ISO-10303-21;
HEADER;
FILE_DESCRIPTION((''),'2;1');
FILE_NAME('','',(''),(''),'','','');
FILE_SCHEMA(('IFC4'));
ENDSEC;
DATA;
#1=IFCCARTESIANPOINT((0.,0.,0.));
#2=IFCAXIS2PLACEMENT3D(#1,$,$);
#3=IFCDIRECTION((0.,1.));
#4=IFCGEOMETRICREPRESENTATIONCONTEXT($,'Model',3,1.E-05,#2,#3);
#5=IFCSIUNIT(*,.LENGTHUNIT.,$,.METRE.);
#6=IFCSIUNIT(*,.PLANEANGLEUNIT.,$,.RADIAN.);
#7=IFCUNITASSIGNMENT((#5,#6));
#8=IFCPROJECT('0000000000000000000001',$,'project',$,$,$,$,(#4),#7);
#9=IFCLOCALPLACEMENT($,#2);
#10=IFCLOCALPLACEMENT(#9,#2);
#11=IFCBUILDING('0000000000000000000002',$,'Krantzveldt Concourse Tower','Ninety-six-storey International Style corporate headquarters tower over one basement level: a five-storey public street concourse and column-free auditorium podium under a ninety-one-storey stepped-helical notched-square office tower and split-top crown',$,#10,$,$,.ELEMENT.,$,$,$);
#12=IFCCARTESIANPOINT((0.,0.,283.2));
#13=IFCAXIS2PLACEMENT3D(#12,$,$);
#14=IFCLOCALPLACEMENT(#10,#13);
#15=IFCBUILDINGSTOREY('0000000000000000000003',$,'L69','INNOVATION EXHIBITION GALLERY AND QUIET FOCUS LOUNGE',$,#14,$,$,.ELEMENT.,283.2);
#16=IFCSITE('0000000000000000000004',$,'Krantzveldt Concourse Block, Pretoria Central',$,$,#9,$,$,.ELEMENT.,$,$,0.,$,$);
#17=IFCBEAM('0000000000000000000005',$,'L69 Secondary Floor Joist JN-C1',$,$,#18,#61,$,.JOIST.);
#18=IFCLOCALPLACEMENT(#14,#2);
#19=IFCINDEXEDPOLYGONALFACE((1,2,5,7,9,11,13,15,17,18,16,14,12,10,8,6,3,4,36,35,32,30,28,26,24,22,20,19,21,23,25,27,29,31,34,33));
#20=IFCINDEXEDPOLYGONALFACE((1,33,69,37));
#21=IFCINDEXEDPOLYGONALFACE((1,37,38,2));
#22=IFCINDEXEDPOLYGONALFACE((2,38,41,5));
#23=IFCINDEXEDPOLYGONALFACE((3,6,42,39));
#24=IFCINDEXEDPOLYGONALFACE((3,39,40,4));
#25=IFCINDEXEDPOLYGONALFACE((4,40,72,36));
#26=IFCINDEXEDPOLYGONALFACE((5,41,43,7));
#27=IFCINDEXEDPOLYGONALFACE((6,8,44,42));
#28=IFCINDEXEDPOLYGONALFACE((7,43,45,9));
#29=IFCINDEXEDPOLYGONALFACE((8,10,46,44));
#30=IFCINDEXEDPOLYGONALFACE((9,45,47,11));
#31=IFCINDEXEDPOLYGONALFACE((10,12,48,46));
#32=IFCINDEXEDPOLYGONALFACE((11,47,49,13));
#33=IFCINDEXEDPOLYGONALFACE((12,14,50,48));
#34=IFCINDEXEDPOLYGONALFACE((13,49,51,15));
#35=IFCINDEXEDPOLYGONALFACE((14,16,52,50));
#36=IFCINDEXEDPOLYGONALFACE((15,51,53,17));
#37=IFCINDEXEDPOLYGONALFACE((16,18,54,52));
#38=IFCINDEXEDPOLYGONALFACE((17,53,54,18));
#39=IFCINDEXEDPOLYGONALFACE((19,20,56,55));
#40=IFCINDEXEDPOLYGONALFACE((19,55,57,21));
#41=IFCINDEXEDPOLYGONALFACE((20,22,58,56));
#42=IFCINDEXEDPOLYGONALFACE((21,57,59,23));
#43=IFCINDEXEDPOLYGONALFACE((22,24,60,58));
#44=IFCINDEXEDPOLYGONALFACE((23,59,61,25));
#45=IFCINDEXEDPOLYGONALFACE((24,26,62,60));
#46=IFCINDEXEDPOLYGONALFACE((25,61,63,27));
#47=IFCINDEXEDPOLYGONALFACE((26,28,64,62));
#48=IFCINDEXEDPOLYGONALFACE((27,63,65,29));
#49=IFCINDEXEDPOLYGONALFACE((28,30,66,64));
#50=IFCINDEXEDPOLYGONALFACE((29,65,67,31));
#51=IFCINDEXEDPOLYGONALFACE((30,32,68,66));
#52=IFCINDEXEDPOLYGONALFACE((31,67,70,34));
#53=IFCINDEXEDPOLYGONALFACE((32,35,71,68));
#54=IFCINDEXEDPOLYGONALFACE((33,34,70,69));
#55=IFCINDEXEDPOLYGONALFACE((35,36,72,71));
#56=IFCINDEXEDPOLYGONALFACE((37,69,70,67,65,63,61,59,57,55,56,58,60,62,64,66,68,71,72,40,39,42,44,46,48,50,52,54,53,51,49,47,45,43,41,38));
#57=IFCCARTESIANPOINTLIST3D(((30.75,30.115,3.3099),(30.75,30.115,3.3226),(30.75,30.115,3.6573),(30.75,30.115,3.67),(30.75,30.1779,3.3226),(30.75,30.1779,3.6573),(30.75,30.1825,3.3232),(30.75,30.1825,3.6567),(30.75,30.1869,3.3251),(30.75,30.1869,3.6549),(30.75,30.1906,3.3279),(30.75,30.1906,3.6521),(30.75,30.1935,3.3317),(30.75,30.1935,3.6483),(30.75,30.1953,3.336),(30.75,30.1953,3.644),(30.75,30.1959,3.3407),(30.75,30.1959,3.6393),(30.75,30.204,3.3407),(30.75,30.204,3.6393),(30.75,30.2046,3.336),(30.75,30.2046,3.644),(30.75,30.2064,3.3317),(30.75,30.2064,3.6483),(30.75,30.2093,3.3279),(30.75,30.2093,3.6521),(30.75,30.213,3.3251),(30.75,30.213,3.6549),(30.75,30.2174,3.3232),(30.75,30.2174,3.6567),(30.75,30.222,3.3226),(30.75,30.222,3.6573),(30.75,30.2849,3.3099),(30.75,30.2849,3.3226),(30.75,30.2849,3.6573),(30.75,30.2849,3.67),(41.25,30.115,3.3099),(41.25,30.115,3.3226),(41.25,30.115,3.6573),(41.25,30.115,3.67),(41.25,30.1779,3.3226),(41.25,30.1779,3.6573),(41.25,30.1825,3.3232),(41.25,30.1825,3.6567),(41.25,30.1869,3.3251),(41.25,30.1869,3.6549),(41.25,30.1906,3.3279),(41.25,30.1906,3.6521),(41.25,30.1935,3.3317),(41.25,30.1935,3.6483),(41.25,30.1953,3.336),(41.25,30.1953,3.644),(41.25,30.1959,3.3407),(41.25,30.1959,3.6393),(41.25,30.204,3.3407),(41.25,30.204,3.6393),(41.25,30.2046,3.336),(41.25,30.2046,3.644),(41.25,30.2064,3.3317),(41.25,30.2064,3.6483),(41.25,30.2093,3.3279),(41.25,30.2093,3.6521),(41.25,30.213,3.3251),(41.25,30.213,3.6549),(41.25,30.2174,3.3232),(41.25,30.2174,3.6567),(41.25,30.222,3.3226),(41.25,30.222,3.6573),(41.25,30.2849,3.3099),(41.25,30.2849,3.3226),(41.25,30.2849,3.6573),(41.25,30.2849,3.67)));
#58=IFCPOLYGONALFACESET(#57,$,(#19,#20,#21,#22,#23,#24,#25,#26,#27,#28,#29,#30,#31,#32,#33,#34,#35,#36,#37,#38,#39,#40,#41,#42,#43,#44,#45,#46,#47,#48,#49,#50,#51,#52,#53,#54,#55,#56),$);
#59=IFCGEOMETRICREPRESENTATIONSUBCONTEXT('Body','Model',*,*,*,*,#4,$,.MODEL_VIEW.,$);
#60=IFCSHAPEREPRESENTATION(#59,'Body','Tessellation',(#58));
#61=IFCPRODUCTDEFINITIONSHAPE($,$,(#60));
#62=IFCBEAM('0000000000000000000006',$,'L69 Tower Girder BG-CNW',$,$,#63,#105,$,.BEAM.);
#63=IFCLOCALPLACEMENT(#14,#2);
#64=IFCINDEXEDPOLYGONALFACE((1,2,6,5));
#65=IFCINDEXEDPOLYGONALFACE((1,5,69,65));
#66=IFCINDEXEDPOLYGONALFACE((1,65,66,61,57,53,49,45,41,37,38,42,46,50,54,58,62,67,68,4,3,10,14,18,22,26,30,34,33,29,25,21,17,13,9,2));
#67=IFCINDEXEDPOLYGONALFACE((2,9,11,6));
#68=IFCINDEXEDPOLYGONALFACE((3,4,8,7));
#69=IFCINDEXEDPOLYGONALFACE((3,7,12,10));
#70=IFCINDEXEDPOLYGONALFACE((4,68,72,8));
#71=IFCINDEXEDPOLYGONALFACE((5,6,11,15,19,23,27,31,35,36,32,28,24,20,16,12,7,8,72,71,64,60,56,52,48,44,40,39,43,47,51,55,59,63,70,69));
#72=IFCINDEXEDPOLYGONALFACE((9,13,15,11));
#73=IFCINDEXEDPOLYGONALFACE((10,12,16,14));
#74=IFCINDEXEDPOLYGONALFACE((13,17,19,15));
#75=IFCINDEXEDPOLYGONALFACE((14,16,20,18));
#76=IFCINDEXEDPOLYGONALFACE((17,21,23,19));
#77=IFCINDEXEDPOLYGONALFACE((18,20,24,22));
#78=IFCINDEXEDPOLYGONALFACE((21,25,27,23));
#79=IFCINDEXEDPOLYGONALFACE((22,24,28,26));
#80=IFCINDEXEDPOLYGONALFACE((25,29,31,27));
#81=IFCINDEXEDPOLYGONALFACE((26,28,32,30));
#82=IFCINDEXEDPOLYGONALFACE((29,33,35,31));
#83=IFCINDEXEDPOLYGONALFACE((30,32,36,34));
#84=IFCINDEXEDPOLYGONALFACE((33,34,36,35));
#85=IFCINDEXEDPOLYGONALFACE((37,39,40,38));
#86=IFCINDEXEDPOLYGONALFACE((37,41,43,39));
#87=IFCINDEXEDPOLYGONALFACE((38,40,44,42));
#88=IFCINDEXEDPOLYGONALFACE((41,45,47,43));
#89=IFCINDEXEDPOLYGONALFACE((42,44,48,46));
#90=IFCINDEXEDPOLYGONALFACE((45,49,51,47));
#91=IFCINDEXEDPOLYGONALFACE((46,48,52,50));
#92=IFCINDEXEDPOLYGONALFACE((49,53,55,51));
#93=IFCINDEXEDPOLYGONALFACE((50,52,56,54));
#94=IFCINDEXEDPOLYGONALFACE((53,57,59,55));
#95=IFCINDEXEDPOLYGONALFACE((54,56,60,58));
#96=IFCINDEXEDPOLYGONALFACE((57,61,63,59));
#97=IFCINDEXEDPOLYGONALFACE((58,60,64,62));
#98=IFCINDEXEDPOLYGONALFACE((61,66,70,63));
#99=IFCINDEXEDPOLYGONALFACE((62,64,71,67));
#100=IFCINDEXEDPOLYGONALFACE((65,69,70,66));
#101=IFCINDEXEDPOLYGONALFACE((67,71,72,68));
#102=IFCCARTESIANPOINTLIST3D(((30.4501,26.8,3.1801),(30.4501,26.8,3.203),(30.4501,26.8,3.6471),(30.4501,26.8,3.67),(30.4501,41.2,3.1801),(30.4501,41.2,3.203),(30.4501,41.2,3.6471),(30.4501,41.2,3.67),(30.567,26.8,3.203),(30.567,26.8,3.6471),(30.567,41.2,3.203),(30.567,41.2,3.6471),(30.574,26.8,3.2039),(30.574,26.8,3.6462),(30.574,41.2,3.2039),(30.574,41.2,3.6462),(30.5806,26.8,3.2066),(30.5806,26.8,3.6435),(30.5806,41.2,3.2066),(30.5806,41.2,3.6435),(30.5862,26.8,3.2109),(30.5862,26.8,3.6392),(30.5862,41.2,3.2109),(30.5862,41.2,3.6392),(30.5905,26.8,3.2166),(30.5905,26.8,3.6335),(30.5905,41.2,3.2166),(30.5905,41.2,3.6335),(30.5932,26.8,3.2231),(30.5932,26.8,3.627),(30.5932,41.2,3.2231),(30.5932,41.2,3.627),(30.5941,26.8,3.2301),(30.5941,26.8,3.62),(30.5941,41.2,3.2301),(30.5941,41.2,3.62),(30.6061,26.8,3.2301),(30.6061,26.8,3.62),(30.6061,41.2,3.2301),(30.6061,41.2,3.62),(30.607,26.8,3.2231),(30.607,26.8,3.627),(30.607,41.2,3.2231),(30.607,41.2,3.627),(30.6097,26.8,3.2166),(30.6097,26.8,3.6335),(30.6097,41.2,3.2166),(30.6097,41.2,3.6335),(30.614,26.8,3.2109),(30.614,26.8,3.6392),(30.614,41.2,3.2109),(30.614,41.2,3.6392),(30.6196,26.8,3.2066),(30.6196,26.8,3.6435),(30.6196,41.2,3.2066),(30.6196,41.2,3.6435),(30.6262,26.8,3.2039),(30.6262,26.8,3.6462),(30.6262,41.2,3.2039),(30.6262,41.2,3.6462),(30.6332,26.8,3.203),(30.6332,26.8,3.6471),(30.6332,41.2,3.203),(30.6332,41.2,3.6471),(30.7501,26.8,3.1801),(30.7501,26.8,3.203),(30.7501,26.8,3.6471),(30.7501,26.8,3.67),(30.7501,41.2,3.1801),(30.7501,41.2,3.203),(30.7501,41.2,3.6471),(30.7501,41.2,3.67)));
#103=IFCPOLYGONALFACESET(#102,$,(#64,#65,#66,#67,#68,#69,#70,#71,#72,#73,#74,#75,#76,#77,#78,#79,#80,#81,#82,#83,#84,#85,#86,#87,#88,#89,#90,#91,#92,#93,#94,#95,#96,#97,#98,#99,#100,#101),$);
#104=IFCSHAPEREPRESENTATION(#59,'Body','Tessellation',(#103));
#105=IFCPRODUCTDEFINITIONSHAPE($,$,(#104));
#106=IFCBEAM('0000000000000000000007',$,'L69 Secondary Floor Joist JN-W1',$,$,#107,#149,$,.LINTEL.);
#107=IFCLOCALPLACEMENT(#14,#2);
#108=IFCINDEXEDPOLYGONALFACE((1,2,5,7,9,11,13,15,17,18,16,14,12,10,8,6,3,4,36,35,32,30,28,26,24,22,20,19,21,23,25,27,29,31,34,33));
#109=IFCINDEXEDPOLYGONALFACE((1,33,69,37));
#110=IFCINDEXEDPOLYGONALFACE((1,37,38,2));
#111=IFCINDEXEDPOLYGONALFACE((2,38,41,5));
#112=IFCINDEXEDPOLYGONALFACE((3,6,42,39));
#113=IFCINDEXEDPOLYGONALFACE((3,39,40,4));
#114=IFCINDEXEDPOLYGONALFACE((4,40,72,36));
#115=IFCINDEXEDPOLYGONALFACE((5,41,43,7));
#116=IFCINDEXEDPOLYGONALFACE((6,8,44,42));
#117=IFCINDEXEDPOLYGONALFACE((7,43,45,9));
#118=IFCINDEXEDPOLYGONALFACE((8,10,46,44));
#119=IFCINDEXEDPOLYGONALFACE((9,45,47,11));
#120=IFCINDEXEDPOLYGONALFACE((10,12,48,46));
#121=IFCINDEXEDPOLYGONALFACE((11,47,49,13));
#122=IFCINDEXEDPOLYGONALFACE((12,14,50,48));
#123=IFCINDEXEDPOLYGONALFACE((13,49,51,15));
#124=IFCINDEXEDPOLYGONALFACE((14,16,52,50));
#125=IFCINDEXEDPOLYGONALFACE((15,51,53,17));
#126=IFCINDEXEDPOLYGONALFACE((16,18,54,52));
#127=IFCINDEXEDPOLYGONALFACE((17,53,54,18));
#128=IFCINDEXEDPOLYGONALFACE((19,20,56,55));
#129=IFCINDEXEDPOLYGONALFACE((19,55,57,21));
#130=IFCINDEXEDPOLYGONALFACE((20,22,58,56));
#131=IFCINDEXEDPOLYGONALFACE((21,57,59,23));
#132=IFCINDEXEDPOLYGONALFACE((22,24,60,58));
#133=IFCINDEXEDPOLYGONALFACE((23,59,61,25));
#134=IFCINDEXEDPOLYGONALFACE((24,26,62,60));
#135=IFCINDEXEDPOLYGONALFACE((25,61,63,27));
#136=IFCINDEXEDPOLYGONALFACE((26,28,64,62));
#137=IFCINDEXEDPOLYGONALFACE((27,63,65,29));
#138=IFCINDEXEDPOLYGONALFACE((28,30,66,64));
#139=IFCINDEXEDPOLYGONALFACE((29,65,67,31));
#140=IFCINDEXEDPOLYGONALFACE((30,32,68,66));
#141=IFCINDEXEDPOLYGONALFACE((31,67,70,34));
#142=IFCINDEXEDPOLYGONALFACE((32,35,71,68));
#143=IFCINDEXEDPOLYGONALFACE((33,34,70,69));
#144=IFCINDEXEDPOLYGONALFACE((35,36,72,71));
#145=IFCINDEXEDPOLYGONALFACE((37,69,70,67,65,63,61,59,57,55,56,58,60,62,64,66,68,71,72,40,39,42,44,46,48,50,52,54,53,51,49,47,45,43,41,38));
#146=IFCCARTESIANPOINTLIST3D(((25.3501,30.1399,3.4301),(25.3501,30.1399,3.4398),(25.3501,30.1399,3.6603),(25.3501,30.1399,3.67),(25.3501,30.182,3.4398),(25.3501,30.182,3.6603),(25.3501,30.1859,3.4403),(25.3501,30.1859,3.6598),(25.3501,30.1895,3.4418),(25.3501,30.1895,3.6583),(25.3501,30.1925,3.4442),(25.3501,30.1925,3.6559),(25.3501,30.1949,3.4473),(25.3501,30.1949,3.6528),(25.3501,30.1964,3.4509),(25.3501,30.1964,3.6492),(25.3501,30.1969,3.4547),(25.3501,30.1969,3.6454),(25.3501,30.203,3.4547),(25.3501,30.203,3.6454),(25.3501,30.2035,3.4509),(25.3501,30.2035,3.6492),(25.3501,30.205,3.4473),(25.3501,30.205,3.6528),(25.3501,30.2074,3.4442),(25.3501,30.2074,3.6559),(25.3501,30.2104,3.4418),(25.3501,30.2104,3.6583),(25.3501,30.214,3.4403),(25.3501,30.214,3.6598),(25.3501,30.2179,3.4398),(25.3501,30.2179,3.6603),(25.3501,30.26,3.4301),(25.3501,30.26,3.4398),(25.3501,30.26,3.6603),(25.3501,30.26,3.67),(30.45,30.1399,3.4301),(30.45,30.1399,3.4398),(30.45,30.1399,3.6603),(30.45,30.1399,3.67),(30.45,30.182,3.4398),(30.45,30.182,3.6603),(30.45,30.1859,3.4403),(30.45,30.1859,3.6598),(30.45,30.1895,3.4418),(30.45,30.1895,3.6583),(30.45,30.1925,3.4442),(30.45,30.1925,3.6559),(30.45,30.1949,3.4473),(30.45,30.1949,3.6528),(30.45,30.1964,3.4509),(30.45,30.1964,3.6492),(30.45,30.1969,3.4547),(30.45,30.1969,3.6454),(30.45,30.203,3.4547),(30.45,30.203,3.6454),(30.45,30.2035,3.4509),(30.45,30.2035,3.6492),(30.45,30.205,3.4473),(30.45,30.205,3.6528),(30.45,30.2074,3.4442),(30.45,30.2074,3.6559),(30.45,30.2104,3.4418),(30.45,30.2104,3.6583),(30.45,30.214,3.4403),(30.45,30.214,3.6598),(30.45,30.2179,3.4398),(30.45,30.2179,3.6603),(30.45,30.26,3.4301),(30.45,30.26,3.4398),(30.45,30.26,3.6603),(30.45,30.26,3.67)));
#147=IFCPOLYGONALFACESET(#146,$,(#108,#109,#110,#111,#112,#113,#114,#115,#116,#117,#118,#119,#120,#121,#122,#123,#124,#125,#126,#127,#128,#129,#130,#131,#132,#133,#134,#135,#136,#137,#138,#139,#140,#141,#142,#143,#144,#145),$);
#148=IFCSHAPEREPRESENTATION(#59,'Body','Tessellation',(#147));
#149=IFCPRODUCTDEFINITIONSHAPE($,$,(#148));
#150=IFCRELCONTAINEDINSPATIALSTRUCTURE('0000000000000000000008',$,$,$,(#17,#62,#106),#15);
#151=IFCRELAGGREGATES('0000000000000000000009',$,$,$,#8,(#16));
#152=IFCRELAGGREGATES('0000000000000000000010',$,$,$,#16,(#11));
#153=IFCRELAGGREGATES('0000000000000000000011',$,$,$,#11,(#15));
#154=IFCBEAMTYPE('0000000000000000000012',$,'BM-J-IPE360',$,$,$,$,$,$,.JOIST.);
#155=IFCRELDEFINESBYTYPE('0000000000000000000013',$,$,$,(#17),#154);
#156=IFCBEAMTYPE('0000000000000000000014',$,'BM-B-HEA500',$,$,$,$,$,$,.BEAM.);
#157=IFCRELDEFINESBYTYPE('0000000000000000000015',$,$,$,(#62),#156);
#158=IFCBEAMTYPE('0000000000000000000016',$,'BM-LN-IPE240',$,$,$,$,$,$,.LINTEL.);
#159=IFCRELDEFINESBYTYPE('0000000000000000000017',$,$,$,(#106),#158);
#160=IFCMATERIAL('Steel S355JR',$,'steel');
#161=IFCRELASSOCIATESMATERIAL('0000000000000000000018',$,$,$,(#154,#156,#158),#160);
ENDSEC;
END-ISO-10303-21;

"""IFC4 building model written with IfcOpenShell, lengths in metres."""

from ifc_helpers import new_model, si_unit, direction, frame, origin, origin_2d, place, context, subcontext, project, spatial, i_section, extrude, source, transform, mapped, material, material_profile, profile_set, type_object, type_shapes, element, save


model = new_model("IFC4")

# Units and contexts
model_context = context("Model", 3, precision=1e-05, world=origin(), true_north=direction((0.0, 1.0)))
body_context = subcontext(model_context, "Body", "Model", "MODEL_VIEW")
ifc_project = project(units=[si_unit("LENGTHUNIT", "METRE"), si_unit("PLANEANGLEUNIT", "RADIAN")], contexts=[model_context])

# Site, building, storey
site_placement = place(None, origin())
site = spatial("IfcSite", under=ifc_project, at=site_placement, Name="Krantzveldt Concourse Block, Pretoria Central", CompositionType="ELEMENT", RefElevation=0.0)
building_placement = place(site_placement, origin())
building = spatial("IfcBuilding", under=site, at=building_placement, Name="Krantzveldt Concourse Tower", Description="Ninety-six-storey International Style corporate headquarters tower over one basement level: a five-storey public street concourse and column-free auditorium podium under a ninety-one-storey stepped-helical notched-square office tower and split-top crown", CompositionType="ELEMENT")
storey_placement = place(building_placement, frame((0.0, 0.0, 283.2)))
storey = spatial("IfcBuildingStorey", under=building, at=storey_placement, Name="L69", Description="INNOVATION EXHIBITION GALLERY AND QUIET FOCUS LOUNGE", CompositionType="ELEMENT", Elevation=283.2)

# Beams
ifc_material_1 = material(Name="Steel S355JR", Category="steel")
ifc_material_profile_1 = material_profile(ifc_material_1, i_section(OverallWidth=0.1699, OverallDepth=0.3601, WebThickness=0.0081, FlangeThickness=0.0127, FilletRadius=0.0181, at=origin_2d()), Name="Steel S355JR", Category="steel")
ifc_profile_set_1 = profile_set([ifc_material_profile_1], Name="Steel S355JR - IPE 360")
beam_type_1 = type_object("IfcBeamType", Name="BM-J-IPE360", PredefinedType="JOIST", material=ifc_profile_set_1)
shared_shape_1 = source(origin(), body_context, "Body", "SweptSolid", [
    extrude(i_section(OverallWidth=0.1699, OverallDepth=0.3601, WebThickness=0.0081, FlangeThickness=0.0127, FilletRadius=0.0181, at=origin_2d()), origin(), (0.0, 0.0, 1.0), 10.5),
])
type_shapes(beam_type_1, [shared_shape_1])
beam_1_placement = place(storey_placement, frame((30.75, 30.2, 3.49), z_axis=(1.0, 0.0, 0.0), x_axis=(0.0, 1.0, 0.0)))
element("IfcBeam", 1, at=beam_1_placement, inside=storey, type_object=beam_type_1, Name="L69 Secondary Floor Joist JN-C1", PredefinedType="JOIST", context=body_context, shape_type="MappedRepresentation", body=[
    mapped(shared_shape_1, transform((0.0, 0.0, 0.0), x_axis=(1.0, 0.0, 0.0), y_axis=(0.0, 1.0, 0.0), z_axis=(0.0, 0.0, 1.0), scale=1.0)),
])
ifc_material_profile_2 = material_profile(ifc_material_1, i_section(OverallWidth=0.3, OverallDepth=0.49, WebThickness=0.012, FlangeThickness=0.0229, FilletRadius=0.0271, at=origin_2d()), Name="Steel S355JR", Category="steel")
ifc_profile_set_2 = profile_set([ifc_material_profile_2], Name="Steel S355JR - HEA 500")
beam_type_2 = type_object("IfcBeamType", Name="BM-B-HEA500", PredefinedType="BEAM", material=ifc_profile_set_2)
shared_shape_2 = source(origin(), body_context, "Body", "SweptSolid", [
    extrude(i_section(OverallWidth=0.3, OverallDepth=0.49, WebThickness=0.012, FlangeThickness=0.0229, FilletRadius=0.0271, at=origin_2d()), origin(), (0.0, 0.0, 1.0), 14.3999),
])
type_shapes(beam_type_2, [shared_shape_2])
beam_2_placement = place(storey_placement, frame((30.6001, 26.8, 3.425), z_axis=(0.0, 1.0, 0.0), x_axis=(-1.0, 0.0, 0.0)))
element("IfcBeam", 2, at=beam_2_placement, inside=storey, type_object=beam_type_2, Name="L69 Tower Girder BG-CNW", PredefinedType="BEAM", context=body_context, shape_type="MappedRepresentation", body=[
    mapped(shared_shape_2, transform((0.0, 0.0, 0.0), x_axis=(1.0, 0.0, 0.0), y_axis=(0.0, 1.0, 0.0), z_axis=(0.0, 0.0, 1.0), scale=1.0)),
])
ifc_material_profile_3 = material_profile(ifc_material_1, i_section(OverallWidth=0.1201, OverallDepth=0.24, WebThickness=0.0061, FlangeThickness=0.0098, FilletRadius=0.0149, at=origin_2d()), Name="Steel S355JR", Category="steel")
ifc_profile_set_3 = profile_set([ifc_material_profile_3], Name="Steel S355JR - IPE 240")
beam_type_3 = type_object("IfcBeamType", Name="BM-LN-IPE240", PredefinedType="LINTEL", material=ifc_profile_set_3)
shared_shape_3 = source(origin(), body_context, "Body", "SweptSolid", [
    extrude(i_section(OverallWidth=0.1201, OverallDepth=0.24, WebThickness=0.0061, FlangeThickness=0.0098, FilletRadius=0.0149, at=origin_2d()), origin(), (0.0, 0.0, 1.0), 5.0999),
])
type_shapes(beam_type_3, [shared_shape_3])
for number, where, z_axis, x_axis, name in (
    (3, (25.3501, 30.2, 3.55), (1.0, 0.0, 0.0), (0.0, 1.0, 0.0), "L69 Secondary Floor Joist JN-W1"),
):
    element("IfcBeam", number, at=place(storey_placement, frame(where, z_axis=z_axis, x_axis=x_axis)), inside=storey, type_object=beam_type_3, Name=name, PredefinedType="LINTEL", context=body_context, shape_type="MappedRepresentation", body=[
        mapped(shared_shape_3, transform((0.0, 0.0, 0.0), x_axis=(1.0, 0.0, 0.0), y_axis=(0.0, 1.0, 0.0), z_axis=(0.0, 0.0, 1.0), scale=1.0)),
    ])

save(model, "model.ifc")
